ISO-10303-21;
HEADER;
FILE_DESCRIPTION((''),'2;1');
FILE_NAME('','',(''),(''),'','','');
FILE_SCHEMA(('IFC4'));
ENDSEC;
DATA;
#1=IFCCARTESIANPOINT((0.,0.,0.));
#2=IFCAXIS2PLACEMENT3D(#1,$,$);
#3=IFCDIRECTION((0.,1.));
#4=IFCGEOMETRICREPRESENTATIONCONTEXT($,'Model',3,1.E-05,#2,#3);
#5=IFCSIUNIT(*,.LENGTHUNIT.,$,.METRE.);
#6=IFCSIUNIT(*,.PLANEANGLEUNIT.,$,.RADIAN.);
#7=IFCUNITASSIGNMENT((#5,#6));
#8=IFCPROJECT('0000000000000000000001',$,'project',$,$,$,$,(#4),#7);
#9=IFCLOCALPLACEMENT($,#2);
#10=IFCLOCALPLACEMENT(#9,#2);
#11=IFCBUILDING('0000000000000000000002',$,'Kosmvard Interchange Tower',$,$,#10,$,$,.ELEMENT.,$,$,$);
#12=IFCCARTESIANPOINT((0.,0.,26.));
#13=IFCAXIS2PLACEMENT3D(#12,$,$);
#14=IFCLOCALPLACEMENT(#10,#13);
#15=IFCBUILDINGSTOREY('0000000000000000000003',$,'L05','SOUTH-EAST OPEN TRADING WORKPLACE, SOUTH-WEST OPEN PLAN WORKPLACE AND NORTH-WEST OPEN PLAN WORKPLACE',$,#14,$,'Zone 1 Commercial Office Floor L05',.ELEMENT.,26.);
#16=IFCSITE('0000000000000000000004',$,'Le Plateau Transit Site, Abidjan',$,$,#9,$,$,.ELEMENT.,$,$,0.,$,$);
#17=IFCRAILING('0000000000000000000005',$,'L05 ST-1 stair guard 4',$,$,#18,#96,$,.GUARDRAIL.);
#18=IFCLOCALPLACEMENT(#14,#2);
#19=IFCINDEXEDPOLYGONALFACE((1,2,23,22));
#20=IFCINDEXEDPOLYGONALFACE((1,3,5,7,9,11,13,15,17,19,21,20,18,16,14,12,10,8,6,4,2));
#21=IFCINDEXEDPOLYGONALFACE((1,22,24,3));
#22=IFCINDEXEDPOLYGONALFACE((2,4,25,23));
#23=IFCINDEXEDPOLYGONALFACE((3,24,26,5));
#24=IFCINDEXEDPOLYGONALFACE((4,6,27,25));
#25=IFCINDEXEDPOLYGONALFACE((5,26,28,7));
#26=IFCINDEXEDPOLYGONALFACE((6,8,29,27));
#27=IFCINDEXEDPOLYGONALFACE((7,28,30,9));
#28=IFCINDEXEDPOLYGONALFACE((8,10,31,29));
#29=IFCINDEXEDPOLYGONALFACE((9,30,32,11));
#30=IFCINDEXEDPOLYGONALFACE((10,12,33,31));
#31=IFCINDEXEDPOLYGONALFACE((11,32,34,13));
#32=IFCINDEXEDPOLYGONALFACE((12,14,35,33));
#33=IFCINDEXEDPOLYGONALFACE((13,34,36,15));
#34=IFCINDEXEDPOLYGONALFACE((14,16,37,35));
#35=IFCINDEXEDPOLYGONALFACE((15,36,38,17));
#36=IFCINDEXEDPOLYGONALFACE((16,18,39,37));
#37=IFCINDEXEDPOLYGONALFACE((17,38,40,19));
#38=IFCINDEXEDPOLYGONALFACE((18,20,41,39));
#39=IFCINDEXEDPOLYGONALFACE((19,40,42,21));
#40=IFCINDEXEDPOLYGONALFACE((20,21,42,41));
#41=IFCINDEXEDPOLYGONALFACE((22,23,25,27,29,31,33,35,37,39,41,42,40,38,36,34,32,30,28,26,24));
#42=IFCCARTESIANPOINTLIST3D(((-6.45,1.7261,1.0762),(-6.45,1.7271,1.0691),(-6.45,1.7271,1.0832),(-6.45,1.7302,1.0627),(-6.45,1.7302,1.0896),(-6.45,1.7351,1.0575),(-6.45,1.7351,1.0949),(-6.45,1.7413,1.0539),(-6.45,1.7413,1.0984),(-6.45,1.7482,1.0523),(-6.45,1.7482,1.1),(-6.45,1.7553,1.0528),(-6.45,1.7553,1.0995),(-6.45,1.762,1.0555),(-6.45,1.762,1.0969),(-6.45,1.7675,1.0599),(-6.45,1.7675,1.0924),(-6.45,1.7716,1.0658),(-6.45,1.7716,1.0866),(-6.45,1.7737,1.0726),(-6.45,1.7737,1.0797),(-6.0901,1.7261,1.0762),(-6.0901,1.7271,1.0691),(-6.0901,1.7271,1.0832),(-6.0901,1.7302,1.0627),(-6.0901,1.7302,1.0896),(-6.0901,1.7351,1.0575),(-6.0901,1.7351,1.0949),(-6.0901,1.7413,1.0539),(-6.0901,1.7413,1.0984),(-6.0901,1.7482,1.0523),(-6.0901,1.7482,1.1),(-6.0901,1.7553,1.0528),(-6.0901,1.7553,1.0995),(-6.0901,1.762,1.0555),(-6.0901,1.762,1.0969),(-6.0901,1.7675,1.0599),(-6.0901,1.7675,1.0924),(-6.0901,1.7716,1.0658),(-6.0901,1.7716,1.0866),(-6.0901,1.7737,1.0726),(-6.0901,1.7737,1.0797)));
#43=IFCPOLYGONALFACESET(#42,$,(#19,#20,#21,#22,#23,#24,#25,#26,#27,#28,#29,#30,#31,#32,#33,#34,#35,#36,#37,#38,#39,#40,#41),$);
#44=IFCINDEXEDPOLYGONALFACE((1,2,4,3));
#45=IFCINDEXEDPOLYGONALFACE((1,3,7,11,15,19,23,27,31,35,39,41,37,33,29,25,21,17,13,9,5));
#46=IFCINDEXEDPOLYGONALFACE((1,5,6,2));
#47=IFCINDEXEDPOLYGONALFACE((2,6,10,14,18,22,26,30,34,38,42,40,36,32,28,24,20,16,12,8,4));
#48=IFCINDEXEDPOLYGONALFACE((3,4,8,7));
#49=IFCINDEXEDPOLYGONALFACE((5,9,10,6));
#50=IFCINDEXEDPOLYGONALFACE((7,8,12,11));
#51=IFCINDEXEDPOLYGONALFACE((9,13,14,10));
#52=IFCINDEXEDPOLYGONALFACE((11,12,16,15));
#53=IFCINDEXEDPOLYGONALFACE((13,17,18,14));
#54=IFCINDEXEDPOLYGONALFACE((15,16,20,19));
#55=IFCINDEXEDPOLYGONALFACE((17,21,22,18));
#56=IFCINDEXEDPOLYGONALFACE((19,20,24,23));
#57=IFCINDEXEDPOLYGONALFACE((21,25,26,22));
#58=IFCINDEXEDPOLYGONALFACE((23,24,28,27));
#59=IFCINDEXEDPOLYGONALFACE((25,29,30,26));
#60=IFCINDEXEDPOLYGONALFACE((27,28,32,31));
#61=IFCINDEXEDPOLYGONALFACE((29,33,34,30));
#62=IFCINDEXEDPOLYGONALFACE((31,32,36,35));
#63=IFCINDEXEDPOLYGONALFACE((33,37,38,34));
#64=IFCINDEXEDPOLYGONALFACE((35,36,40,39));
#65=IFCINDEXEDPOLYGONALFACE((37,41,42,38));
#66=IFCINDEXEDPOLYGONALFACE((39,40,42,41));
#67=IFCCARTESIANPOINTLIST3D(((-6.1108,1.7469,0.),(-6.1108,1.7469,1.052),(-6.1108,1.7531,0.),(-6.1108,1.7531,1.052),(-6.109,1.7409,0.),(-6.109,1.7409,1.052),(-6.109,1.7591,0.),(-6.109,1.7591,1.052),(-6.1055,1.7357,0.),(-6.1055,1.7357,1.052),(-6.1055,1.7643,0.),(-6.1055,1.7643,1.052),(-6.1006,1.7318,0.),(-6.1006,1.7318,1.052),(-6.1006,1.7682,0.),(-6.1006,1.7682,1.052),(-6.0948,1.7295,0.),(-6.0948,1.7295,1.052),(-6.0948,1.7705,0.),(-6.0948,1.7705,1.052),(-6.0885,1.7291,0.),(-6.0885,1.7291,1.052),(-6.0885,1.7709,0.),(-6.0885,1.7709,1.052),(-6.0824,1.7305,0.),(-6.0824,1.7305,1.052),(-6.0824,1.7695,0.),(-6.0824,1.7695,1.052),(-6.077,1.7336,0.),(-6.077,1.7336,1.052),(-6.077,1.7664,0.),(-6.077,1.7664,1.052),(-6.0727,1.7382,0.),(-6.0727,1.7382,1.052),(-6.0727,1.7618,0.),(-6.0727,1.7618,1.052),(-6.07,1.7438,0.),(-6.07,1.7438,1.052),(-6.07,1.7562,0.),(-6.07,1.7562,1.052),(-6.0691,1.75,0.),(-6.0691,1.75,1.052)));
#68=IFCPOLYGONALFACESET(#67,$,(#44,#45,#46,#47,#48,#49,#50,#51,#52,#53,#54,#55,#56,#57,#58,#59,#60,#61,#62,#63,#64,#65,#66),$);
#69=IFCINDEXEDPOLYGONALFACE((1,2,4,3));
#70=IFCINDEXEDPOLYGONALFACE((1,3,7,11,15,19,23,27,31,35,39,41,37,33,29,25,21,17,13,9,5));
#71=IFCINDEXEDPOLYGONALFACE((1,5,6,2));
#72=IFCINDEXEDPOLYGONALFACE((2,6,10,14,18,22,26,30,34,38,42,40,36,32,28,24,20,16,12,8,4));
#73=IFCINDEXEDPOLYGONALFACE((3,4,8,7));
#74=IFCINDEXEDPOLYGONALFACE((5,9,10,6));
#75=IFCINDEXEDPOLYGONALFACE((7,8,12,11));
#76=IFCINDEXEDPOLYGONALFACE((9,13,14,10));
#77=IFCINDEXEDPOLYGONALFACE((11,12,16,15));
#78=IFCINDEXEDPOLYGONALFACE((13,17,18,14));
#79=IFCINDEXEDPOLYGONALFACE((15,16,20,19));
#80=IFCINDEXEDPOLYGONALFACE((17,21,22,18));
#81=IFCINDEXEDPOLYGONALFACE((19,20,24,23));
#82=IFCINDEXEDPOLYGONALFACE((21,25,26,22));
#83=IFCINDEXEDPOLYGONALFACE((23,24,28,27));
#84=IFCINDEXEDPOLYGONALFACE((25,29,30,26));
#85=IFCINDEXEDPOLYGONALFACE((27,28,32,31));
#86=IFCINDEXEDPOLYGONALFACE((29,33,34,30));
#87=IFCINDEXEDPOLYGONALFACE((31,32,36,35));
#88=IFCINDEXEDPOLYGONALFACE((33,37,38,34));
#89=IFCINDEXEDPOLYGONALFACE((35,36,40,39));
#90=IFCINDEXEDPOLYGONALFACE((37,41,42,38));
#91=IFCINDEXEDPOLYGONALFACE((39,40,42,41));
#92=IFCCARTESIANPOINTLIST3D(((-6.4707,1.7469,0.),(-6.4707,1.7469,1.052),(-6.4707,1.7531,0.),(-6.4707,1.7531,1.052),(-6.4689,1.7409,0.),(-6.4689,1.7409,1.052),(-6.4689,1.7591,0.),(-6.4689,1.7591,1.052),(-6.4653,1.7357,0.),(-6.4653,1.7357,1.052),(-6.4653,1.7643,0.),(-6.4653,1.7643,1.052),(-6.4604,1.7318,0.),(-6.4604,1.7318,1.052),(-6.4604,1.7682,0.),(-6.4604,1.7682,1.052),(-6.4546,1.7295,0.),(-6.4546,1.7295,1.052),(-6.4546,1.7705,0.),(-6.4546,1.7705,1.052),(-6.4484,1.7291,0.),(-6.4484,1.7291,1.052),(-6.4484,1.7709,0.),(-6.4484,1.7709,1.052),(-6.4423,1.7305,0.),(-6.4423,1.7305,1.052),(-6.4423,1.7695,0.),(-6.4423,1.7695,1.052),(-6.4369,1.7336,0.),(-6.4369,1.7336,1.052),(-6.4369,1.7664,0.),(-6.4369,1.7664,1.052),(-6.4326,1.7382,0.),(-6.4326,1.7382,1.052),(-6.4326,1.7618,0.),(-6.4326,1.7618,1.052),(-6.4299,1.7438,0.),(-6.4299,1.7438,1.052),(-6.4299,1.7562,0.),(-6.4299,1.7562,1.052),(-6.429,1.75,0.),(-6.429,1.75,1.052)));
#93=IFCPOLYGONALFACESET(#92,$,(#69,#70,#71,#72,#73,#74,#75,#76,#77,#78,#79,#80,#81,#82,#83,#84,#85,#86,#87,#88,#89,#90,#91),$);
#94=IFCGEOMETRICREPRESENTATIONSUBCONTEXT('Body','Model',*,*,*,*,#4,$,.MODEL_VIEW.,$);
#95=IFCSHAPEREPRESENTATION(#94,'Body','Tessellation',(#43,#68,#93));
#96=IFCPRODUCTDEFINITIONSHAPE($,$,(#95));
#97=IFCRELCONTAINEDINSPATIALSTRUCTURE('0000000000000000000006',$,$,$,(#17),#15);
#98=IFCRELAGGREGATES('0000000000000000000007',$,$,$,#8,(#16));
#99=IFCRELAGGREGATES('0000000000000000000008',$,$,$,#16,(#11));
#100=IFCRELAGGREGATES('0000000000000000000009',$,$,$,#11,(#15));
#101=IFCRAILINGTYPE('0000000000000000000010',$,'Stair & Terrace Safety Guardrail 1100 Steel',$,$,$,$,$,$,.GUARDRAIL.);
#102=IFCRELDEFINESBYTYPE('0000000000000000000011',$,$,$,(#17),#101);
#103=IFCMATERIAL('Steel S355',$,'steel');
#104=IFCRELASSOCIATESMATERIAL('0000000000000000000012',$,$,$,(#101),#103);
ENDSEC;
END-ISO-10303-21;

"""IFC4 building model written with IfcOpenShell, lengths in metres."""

from ifc_helpers import new_model, si_unit, direction, frame, origin, origin_2d, place, context, subcontext, project, spatial, circle, extrude, source, transform, mapped, material, type_object, element, save


model = new_model("IFC4")

# Units and contexts
model_context = context("Model", 3, precision=1e-05, world=origin(), true_north=direction((0.0, 1.0)))
body_context = subcontext(model_context, "Body", "Model", "MODEL_VIEW")
ifc_project = project(units=[si_unit("LENGTHUNIT", "METRE"), si_unit("PLANEANGLEUNIT", "RADIAN")], contexts=[model_context])

# Site, building, storey
site_placement = place(None, origin())
site = spatial("IfcSite", under=ifc_project, at=site_placement, Name="Le Plateau Transit Site, Abidjan", CompositionType="ELEMENT", RefElevation=0.0)
building_placement = place(site_placement, origin())
building = spatial("IfcBuilding", under=site, at=building_placement, Name="Kosmvard Interchange Tower", CompositionType="ELEMENT")
storey_placement = place(building_placement, frame((0.0, 0.0, 26.0)))
storey = spatial("IfcBuildingStorey", under=building, at=storey_placement, Name="L05", Description="SOUTH-EAST OPEN TRADING WORKPLACE, SOUTH-WEST OPEN PLAN WORKPLACE AND NORTH-WEST OPEN PLAN WORKPLACE", LongName="Zone 1 Commercial Office Floor L05", CompositionType="ELEMENT", Elevation=26.0)

# Railing
ifc_material_1 = material(Name="Steel S355", Category="steel")
railing_type_1 = type_object("IfcRailingType", Name="Stair & Terrace Safety Guardrail 1100 Steel", PredefinedType="GUARDRAIL", material=ifc_material_1)
shared_shape_1 = source(origin(), body_context, "Body", "SweptSolid", [
    extrude(circle(Radius=0.0239, at=origin_2d()), frame((0.0, 0.0, 1.0762), z_axis=(-1.0, 0.0, 0.0), x_axis=(0.0, -1.0, 0.0)), (0.0, 0.0, 1.0), 0.3599),
    extrude(circle(Radius=0.021, at=origin_2d()), origin(), (0.0, 0.0, 1.0), 1.052),
    extrude(circle(Radius=0.021, at=origin_2d()), frame((-0.3599, 0.0, 0.0)), (0.0, 0.0, 1.0), 1.052),
])
for number, where, name in (
    (1, (-6.0901, 1.75, 0.0), "L05 ST-1 stair guard 4"),
):
    element("IfcRailing", number, at=place(storey_placement, frame(where)), inside=storey, type_object=railing_type_1, Name=name, PredefinedType="GUARDRAIL", context=body_context, shape_type="MappedRepresentation", body=[
        mapped(shared_shape_1, transform((0.0, 0.0, 0.0), scale=1.0)),
    ])

save(model, "model.ifc")
